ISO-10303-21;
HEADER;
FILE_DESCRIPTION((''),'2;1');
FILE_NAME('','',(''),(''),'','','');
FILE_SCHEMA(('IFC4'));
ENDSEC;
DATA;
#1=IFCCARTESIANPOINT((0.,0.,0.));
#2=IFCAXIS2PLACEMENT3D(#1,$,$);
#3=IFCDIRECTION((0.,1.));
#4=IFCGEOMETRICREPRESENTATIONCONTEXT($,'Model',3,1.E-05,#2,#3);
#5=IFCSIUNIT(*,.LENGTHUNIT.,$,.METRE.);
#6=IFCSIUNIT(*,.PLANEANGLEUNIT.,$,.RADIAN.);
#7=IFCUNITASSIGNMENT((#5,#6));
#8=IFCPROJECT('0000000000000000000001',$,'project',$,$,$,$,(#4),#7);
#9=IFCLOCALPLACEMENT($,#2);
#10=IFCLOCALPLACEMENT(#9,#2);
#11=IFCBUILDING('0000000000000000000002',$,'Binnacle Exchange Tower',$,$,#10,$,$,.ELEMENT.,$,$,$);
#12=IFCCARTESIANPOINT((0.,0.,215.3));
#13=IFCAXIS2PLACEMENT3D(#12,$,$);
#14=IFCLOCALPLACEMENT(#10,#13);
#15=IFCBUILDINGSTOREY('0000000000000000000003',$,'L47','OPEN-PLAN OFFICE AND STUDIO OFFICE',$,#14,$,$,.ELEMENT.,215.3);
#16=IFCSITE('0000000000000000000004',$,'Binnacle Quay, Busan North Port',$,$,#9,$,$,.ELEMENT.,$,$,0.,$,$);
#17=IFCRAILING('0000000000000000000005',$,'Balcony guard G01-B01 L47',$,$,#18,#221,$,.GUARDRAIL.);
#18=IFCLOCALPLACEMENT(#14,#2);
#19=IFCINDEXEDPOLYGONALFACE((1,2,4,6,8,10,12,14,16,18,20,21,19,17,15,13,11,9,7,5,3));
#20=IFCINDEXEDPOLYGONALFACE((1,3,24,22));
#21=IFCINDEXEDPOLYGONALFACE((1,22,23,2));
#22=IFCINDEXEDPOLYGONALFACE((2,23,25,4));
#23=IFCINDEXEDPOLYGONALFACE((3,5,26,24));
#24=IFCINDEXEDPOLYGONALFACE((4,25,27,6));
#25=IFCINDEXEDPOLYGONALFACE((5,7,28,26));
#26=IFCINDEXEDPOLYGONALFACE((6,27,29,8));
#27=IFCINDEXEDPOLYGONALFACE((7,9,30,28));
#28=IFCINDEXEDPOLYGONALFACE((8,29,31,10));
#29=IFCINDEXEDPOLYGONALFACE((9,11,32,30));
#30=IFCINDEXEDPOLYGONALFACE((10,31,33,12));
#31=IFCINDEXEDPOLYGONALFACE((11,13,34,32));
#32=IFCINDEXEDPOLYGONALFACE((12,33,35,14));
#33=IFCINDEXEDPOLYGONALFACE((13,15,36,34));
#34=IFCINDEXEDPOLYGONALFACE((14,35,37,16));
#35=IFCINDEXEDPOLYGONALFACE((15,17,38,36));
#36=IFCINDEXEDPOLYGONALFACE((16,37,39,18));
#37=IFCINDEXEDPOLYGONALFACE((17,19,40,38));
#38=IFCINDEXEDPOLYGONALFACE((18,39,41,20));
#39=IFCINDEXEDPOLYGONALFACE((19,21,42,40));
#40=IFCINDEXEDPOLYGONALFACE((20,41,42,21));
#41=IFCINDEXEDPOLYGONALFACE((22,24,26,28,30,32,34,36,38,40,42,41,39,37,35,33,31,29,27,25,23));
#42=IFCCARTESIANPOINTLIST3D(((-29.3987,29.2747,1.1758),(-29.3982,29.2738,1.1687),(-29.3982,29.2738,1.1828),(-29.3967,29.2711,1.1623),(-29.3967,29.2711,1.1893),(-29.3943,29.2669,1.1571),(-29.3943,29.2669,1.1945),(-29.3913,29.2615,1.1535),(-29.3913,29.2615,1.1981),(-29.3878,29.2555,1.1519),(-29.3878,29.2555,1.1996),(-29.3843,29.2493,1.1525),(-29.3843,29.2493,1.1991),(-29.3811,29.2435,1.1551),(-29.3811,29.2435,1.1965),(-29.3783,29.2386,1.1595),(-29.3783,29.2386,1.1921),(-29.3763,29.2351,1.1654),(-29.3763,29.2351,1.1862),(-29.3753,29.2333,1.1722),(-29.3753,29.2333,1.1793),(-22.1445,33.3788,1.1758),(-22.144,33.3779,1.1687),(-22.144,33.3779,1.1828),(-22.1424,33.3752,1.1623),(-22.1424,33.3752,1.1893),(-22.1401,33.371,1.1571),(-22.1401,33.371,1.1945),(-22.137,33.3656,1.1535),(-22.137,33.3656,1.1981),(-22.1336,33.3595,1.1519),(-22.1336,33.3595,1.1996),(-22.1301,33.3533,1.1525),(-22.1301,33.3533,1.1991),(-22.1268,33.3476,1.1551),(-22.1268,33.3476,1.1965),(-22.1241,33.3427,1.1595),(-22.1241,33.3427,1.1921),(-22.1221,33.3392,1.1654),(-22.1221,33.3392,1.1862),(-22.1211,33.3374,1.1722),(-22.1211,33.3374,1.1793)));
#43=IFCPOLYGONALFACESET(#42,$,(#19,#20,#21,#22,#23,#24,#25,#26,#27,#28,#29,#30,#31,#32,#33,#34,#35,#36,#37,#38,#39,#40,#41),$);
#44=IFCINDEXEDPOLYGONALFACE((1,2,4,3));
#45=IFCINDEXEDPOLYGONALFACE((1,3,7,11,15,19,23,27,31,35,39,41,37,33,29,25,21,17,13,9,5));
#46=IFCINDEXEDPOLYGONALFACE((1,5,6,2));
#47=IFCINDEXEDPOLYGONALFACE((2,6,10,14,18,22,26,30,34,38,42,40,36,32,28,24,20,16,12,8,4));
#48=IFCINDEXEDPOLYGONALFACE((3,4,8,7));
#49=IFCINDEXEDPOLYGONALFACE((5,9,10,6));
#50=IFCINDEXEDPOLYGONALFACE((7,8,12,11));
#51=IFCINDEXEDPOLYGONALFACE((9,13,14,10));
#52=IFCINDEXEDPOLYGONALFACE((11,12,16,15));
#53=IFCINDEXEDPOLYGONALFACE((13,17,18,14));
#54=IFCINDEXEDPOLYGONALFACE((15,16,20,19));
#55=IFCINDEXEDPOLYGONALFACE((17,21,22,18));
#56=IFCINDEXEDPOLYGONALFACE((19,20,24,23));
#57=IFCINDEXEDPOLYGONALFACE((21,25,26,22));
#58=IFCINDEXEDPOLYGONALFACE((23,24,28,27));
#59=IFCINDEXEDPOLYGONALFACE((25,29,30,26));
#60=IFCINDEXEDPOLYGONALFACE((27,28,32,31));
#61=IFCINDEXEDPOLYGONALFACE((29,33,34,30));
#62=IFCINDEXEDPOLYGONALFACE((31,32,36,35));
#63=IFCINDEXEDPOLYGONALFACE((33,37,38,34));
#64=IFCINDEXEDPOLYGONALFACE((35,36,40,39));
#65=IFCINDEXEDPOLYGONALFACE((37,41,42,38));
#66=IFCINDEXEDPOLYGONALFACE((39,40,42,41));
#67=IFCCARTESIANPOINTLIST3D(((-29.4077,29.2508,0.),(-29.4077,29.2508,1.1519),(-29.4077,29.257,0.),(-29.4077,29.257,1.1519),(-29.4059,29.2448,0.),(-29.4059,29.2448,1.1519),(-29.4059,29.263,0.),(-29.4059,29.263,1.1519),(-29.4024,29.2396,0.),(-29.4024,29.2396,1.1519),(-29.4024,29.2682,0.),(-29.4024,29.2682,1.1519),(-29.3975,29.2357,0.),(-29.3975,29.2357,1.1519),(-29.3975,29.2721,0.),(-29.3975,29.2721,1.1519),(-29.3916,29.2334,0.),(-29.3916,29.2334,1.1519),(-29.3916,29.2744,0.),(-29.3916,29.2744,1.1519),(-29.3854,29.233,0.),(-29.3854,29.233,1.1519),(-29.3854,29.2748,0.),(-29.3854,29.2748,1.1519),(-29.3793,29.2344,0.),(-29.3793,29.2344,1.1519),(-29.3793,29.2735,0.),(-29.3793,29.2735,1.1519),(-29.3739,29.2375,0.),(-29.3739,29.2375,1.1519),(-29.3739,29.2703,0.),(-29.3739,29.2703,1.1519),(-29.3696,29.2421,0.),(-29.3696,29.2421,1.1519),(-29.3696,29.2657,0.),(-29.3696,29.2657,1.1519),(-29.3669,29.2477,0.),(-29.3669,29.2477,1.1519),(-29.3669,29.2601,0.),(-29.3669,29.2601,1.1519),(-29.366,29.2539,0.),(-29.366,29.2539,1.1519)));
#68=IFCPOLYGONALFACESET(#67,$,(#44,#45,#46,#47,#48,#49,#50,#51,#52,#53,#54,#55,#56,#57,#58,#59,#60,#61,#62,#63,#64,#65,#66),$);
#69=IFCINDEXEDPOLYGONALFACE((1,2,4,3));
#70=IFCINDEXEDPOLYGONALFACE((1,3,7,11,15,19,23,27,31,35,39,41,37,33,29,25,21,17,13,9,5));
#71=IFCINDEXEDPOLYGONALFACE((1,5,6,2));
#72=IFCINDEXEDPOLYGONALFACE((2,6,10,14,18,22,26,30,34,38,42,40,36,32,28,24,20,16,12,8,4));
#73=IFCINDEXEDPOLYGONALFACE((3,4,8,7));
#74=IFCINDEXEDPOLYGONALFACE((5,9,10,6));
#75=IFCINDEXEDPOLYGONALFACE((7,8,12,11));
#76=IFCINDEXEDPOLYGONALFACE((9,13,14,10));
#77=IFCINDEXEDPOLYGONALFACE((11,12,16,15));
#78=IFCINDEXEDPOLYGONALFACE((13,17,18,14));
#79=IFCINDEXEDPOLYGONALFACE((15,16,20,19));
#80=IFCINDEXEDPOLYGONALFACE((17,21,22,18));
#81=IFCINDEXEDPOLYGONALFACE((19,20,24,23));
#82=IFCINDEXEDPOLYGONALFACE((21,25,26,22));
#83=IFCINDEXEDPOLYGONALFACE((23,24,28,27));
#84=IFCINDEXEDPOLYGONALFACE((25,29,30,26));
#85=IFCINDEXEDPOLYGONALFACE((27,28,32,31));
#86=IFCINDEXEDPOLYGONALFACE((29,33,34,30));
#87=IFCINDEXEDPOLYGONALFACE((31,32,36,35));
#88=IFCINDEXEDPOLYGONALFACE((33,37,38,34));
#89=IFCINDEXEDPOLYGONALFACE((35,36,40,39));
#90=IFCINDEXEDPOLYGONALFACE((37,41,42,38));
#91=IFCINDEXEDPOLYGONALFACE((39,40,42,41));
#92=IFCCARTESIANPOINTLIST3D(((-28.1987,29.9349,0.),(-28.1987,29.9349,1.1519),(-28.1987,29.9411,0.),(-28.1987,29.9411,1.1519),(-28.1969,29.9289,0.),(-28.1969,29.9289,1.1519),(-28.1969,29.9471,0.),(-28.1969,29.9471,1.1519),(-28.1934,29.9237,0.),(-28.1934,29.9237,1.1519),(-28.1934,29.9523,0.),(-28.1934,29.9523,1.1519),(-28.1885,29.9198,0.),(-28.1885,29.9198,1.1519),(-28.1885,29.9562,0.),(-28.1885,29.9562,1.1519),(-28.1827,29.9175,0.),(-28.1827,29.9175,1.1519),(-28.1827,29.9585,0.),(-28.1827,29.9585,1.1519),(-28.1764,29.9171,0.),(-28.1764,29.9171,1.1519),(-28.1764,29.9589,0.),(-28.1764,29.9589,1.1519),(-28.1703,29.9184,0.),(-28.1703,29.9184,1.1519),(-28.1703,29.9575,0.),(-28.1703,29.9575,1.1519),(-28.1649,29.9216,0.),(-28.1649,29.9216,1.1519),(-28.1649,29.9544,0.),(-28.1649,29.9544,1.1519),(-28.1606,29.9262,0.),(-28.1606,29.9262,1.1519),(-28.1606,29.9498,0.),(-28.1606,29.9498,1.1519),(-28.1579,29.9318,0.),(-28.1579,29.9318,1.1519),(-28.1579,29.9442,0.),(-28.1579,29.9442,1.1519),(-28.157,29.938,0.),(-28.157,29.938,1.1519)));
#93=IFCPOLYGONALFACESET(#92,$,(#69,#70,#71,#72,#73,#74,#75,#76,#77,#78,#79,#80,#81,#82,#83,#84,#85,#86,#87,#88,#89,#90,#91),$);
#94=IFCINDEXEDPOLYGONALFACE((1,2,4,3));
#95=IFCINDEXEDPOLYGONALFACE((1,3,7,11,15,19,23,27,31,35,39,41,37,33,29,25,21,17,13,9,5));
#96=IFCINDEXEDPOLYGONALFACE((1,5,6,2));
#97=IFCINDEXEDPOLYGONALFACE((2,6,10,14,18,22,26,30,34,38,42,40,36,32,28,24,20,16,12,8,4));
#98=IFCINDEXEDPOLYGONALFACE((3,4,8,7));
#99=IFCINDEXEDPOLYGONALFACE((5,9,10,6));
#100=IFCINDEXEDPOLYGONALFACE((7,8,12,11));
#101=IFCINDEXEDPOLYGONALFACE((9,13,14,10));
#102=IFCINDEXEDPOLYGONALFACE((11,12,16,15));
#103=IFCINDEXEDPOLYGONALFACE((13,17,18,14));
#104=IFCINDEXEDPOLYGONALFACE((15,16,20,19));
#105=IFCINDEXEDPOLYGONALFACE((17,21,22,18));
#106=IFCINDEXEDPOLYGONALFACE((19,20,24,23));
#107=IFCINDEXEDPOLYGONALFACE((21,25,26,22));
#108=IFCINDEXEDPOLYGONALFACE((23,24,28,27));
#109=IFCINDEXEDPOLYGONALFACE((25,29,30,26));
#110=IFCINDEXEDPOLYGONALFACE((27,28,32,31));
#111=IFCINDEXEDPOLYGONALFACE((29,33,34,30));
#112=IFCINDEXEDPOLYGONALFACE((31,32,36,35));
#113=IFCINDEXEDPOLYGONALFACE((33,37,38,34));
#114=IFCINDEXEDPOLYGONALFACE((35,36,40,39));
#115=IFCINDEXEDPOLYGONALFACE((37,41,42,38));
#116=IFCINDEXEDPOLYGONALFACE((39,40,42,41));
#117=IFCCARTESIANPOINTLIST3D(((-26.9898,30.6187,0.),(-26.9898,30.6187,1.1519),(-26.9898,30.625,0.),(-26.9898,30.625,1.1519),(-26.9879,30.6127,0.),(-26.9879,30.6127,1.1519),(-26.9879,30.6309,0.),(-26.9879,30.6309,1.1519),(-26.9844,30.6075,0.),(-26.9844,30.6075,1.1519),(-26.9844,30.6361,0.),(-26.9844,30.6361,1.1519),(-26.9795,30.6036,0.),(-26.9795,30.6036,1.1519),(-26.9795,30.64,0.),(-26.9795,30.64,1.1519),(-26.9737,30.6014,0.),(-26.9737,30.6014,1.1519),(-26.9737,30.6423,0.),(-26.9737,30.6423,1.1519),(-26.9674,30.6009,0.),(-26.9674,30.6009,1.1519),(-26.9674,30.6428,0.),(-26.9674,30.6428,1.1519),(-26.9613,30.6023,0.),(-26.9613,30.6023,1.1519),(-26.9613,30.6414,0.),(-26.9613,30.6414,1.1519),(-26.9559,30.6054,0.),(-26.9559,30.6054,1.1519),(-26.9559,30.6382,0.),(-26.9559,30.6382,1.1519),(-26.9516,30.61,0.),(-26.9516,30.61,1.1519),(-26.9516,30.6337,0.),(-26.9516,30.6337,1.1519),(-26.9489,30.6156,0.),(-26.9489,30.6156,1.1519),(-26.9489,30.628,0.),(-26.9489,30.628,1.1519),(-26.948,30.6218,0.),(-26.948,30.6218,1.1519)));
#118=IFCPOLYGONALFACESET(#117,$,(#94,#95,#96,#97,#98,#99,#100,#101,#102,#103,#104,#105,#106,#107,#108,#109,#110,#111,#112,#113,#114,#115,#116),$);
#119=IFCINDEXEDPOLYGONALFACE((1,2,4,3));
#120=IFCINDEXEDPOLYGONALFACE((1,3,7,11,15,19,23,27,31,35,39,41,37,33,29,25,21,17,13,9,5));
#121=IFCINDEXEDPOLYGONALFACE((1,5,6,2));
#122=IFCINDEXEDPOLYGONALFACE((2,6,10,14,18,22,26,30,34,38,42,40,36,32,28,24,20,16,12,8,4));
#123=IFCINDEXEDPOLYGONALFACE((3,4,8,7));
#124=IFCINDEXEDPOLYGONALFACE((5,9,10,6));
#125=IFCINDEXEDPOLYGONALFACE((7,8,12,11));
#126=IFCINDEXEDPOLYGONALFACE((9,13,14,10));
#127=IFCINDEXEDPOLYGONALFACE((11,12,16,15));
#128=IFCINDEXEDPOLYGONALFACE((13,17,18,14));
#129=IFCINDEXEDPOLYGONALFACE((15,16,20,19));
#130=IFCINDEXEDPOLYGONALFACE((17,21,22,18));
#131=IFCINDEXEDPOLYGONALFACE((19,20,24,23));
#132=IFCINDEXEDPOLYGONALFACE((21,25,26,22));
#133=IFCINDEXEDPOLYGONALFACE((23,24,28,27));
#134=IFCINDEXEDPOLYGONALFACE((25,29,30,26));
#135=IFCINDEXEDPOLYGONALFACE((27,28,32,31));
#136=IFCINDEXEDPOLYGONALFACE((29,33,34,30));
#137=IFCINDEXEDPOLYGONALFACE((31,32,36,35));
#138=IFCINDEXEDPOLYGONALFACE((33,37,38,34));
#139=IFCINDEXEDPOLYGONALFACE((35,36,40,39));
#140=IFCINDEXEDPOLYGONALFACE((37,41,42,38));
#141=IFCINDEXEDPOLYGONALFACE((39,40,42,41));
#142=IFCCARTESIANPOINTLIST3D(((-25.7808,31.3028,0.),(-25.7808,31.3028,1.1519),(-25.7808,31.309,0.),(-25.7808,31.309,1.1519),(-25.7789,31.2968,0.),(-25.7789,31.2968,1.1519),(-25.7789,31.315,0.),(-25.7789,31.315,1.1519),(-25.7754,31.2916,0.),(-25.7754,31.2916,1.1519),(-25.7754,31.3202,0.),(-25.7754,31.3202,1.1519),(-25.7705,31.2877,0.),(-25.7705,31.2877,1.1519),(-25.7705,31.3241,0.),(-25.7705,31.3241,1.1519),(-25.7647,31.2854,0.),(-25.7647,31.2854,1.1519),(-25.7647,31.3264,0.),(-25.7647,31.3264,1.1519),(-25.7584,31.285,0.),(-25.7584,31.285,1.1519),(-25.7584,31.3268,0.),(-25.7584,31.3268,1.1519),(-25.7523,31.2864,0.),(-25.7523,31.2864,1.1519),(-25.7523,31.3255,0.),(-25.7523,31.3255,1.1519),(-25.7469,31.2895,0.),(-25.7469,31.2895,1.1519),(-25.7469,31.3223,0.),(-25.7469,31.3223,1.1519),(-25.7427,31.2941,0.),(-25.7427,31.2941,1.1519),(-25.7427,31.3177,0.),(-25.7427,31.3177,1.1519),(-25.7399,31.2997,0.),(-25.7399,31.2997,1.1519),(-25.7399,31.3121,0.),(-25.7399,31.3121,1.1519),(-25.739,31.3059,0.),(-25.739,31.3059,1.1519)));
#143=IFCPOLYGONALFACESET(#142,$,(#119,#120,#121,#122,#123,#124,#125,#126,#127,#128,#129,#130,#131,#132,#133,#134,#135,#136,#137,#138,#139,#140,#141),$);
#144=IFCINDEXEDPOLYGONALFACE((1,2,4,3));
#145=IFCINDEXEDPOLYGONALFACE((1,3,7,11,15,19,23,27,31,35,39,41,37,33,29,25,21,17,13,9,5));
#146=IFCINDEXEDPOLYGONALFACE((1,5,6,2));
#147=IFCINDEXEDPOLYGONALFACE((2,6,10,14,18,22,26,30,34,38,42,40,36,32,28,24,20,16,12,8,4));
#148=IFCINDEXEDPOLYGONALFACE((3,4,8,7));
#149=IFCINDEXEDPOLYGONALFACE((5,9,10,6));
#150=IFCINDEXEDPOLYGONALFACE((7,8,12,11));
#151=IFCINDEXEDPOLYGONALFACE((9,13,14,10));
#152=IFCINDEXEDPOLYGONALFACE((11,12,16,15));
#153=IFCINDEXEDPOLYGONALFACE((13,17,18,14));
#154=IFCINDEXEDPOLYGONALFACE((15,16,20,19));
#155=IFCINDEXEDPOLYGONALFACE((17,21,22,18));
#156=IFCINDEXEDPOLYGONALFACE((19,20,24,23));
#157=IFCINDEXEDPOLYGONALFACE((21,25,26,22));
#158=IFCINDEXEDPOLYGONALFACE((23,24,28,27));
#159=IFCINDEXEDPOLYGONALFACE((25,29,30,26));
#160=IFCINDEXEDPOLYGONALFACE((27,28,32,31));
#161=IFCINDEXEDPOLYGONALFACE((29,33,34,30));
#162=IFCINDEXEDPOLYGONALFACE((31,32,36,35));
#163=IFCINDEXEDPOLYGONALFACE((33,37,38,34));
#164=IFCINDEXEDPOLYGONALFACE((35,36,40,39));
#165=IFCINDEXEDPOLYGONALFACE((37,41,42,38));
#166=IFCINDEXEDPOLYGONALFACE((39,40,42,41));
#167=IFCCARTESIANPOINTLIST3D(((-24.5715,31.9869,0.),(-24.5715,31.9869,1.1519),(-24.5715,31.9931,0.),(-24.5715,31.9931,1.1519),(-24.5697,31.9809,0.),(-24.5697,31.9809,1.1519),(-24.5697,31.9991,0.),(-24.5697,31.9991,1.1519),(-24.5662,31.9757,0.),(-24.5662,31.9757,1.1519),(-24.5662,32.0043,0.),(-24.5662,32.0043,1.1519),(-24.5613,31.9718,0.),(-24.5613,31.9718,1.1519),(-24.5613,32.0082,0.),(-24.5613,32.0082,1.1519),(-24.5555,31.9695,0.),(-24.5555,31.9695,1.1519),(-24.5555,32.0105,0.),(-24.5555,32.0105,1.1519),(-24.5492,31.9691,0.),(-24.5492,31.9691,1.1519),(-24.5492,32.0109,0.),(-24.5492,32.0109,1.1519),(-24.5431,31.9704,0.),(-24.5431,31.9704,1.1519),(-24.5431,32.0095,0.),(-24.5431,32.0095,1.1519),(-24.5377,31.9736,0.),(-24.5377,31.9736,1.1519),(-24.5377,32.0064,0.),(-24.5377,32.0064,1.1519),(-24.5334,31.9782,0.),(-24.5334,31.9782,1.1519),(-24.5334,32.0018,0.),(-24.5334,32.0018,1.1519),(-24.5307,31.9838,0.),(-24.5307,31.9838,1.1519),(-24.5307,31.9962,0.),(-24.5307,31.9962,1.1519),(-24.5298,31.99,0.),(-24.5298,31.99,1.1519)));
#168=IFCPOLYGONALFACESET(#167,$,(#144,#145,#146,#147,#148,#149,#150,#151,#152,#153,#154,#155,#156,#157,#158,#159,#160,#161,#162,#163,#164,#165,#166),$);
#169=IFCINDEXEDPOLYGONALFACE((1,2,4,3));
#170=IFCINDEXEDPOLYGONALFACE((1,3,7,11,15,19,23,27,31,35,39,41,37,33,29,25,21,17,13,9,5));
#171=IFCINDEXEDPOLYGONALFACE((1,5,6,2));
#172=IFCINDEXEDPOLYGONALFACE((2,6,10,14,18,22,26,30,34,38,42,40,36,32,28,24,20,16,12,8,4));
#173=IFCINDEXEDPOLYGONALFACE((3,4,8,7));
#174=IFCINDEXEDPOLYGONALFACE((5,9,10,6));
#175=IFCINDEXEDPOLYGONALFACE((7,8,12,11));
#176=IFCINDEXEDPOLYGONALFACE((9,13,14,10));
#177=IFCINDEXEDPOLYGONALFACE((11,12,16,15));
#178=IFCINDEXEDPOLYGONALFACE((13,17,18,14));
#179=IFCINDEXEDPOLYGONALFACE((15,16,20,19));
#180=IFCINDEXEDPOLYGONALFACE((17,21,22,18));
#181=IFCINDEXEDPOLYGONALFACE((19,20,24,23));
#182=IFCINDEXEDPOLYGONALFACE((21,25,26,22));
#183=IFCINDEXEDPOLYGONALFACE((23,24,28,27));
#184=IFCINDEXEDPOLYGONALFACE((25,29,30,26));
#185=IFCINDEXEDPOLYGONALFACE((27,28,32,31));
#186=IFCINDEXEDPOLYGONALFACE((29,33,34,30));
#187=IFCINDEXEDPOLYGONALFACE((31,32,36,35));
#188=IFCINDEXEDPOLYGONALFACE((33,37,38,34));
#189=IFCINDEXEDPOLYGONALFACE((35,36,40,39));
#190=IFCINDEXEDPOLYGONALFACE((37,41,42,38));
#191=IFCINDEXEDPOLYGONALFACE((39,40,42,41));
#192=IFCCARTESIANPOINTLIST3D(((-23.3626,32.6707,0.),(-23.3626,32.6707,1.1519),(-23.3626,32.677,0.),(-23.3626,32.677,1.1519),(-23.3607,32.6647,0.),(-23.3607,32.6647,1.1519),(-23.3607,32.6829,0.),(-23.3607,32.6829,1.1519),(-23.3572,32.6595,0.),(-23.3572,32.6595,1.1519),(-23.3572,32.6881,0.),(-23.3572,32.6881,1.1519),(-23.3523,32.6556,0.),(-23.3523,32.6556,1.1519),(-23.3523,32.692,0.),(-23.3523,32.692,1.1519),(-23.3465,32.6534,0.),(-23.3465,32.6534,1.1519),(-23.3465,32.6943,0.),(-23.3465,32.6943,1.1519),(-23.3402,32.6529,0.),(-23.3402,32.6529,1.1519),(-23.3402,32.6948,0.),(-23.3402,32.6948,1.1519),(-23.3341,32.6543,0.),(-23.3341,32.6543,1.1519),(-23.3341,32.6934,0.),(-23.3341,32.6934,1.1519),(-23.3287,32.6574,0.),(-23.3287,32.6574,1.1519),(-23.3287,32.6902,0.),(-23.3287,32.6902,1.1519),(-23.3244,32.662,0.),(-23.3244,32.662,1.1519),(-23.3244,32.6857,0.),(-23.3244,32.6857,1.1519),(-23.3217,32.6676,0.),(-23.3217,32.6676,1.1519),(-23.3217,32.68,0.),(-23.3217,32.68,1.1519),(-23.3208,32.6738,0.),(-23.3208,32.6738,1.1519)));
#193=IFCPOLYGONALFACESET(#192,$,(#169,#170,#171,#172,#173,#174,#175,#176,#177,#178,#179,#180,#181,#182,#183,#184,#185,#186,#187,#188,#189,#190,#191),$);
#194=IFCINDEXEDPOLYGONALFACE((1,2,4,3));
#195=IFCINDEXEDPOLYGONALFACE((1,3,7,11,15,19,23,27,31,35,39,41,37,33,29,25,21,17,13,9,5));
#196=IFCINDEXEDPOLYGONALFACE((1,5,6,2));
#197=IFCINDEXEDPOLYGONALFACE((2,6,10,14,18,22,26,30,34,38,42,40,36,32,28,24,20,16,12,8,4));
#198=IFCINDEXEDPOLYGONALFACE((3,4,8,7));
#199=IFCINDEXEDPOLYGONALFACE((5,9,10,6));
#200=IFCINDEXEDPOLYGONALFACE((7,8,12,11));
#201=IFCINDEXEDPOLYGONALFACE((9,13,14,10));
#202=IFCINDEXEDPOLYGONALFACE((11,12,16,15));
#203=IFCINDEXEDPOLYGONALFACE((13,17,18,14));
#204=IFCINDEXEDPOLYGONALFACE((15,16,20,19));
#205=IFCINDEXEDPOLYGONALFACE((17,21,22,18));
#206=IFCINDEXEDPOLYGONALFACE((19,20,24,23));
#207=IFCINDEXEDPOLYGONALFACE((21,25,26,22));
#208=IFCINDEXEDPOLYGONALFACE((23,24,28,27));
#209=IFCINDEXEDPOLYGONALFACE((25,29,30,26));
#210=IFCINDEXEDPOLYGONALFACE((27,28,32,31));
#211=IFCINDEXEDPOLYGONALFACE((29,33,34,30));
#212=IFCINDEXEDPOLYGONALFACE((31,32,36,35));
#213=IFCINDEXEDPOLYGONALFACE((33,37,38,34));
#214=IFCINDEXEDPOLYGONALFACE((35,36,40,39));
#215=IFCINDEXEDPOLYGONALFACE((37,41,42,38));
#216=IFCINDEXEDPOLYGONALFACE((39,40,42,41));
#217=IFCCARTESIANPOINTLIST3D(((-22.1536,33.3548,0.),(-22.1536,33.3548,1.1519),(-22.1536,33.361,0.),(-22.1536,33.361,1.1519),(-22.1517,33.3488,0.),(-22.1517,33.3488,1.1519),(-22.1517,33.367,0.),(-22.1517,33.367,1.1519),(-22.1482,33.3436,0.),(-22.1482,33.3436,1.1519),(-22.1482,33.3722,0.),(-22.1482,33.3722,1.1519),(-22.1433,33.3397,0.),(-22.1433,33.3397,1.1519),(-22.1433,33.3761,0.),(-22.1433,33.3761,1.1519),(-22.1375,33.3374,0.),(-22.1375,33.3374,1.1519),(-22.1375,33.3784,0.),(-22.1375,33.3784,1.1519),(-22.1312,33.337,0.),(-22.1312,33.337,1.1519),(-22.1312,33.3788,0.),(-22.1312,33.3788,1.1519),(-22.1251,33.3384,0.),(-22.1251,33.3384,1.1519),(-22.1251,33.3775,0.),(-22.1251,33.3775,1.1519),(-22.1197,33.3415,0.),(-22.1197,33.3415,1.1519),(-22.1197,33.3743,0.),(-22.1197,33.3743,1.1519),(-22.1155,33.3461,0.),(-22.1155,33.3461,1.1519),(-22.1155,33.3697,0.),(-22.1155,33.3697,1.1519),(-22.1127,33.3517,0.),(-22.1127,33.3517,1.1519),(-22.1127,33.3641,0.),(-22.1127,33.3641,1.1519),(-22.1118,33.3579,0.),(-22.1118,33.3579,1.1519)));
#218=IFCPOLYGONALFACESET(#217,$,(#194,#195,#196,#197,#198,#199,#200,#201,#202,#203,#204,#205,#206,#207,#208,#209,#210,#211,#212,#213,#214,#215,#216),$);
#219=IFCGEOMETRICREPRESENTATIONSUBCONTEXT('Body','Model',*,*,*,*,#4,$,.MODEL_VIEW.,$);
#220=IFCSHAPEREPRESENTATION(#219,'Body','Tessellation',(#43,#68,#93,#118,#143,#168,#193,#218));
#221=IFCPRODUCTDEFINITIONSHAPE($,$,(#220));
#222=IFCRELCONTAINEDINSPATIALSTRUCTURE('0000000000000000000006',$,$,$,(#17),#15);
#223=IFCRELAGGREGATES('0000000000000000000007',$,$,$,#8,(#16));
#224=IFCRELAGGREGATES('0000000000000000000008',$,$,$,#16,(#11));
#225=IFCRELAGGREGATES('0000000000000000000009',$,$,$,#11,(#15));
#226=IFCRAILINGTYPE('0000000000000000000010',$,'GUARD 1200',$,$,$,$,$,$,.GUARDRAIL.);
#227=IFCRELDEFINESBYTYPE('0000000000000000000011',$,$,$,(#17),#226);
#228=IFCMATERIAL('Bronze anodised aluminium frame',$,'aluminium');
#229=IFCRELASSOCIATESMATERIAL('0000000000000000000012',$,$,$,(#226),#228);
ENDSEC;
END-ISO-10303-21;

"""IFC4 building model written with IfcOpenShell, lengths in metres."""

from ifc_helpers import new_model, si_unit, direction, frame, origin, origin_2d, place, context, subcontext, project, spatial, circle, extrude, material, type_object, element, save


model = new_model("IFC4")

# Units and contexts
model_context = context("Model", 3, precision=1e-05, world=origin(), true_north=direction((0.0, 1.0)))
body_context = subcontext(model_context, "Body", "Model", "MODEL_VIEW")
ifc_project = project(units=[si_unit("LENGTHUNIT", "METRE"), si_unit("PLANEANGLEUNIT", "RADIAN")], contexts=[model_context])

# Site, building, storey
site_placement = place(None, origin())
site = spatial("IfcSite", under=ifc_project, at=site_placement, Name="Binnacle Quay, Busan North Port", CompositionType="ELEMENT", RefElevation=0.0)
building_placement = place(site_placement, origin())
building = spatial("IfcBuilding", under=site, at=building_placement, Name="Binnacle Exchange Tower", CompositionType="ELEMENT")
storey_placement = place(building_placement, frame((0.0, 0.0, 215.3)))
storey = spatial("IfcBuildingStorey", under=building, at=storey_placement, Name="L47", Description="OPEN-PLAN OFFICE AND STUDIO OFFICE", CompositionType="ELEMENT", Elevation=215.3)

# Railing
ifc_material_1 = material(Name="Bronze anodised aluminium frame", Category="aluminium")
railing_type_1 = type_object("IfcRailingType", Name="GUARD 1200", PredefinedType="GUARDRAIL", material=ifc_material_1)
railing_1_placement = place(storey_placement, frame((-29.387, 29.2539, 0.0)))
element("IfcRailing", 1, at=railing_1_placement, inside=storey, type_object=railing_type_1, Name="Balcony guard G01-B01 L47", PredefinedType="GUARDRAIL", context=body_context, shape_type="SweptSolid", body=[
    extrude(circle(Radius=0.0239, at=origin_2d()), frame((0.0, 0.0, 1.1758), z_axis=(0.870366, 0.492406, 0.0), x_axis=(-0.492406, 0.870366, 0.0)), (0.0, 0.0, 1.0), 8.3347),
    extrude(circle(Radius=0.021, at=origin_2d()), origin(), (0.0, 0.0, 1.0), 1.1519),
    extrude(circle(Radius=0.021, at=origin_2d()), frame((1.209, 0.6841, 0.0)), (0.0, 0.0, 1.0), 1.1519),
    extrude(circle(Radius=0.021, at=origin_2d()), frame((2.418, 1.3679, 0.0)), (0.0, 0.0, 1.0), 1.1519),
    extrude(circle(Radius=0.021, at=origin_2d()), frame((3.627, 2.052, 0.0)), (0.0, 0.0, 1.0), 1.1519),
    extrude(circle(Radius=0.021, at=origin_2d()), frame((4.8362, 2.7361, 0.0)), (0.0, 0.0, 1.0), 1.1519),
    extrude(circle(Radius=0.021, at=origin_2d()), frame((6.0452, 3.4199, 0.0)), (0.0, 0.0, 1.0), 1.1519),
    extrude(circle(Radius=0.021, at=origin_2d()), frame((7.2542, 4.104, 0.0)), (0.0, 0.0, 1.0), 1.1519),
])

save(model, "model.ifc")
